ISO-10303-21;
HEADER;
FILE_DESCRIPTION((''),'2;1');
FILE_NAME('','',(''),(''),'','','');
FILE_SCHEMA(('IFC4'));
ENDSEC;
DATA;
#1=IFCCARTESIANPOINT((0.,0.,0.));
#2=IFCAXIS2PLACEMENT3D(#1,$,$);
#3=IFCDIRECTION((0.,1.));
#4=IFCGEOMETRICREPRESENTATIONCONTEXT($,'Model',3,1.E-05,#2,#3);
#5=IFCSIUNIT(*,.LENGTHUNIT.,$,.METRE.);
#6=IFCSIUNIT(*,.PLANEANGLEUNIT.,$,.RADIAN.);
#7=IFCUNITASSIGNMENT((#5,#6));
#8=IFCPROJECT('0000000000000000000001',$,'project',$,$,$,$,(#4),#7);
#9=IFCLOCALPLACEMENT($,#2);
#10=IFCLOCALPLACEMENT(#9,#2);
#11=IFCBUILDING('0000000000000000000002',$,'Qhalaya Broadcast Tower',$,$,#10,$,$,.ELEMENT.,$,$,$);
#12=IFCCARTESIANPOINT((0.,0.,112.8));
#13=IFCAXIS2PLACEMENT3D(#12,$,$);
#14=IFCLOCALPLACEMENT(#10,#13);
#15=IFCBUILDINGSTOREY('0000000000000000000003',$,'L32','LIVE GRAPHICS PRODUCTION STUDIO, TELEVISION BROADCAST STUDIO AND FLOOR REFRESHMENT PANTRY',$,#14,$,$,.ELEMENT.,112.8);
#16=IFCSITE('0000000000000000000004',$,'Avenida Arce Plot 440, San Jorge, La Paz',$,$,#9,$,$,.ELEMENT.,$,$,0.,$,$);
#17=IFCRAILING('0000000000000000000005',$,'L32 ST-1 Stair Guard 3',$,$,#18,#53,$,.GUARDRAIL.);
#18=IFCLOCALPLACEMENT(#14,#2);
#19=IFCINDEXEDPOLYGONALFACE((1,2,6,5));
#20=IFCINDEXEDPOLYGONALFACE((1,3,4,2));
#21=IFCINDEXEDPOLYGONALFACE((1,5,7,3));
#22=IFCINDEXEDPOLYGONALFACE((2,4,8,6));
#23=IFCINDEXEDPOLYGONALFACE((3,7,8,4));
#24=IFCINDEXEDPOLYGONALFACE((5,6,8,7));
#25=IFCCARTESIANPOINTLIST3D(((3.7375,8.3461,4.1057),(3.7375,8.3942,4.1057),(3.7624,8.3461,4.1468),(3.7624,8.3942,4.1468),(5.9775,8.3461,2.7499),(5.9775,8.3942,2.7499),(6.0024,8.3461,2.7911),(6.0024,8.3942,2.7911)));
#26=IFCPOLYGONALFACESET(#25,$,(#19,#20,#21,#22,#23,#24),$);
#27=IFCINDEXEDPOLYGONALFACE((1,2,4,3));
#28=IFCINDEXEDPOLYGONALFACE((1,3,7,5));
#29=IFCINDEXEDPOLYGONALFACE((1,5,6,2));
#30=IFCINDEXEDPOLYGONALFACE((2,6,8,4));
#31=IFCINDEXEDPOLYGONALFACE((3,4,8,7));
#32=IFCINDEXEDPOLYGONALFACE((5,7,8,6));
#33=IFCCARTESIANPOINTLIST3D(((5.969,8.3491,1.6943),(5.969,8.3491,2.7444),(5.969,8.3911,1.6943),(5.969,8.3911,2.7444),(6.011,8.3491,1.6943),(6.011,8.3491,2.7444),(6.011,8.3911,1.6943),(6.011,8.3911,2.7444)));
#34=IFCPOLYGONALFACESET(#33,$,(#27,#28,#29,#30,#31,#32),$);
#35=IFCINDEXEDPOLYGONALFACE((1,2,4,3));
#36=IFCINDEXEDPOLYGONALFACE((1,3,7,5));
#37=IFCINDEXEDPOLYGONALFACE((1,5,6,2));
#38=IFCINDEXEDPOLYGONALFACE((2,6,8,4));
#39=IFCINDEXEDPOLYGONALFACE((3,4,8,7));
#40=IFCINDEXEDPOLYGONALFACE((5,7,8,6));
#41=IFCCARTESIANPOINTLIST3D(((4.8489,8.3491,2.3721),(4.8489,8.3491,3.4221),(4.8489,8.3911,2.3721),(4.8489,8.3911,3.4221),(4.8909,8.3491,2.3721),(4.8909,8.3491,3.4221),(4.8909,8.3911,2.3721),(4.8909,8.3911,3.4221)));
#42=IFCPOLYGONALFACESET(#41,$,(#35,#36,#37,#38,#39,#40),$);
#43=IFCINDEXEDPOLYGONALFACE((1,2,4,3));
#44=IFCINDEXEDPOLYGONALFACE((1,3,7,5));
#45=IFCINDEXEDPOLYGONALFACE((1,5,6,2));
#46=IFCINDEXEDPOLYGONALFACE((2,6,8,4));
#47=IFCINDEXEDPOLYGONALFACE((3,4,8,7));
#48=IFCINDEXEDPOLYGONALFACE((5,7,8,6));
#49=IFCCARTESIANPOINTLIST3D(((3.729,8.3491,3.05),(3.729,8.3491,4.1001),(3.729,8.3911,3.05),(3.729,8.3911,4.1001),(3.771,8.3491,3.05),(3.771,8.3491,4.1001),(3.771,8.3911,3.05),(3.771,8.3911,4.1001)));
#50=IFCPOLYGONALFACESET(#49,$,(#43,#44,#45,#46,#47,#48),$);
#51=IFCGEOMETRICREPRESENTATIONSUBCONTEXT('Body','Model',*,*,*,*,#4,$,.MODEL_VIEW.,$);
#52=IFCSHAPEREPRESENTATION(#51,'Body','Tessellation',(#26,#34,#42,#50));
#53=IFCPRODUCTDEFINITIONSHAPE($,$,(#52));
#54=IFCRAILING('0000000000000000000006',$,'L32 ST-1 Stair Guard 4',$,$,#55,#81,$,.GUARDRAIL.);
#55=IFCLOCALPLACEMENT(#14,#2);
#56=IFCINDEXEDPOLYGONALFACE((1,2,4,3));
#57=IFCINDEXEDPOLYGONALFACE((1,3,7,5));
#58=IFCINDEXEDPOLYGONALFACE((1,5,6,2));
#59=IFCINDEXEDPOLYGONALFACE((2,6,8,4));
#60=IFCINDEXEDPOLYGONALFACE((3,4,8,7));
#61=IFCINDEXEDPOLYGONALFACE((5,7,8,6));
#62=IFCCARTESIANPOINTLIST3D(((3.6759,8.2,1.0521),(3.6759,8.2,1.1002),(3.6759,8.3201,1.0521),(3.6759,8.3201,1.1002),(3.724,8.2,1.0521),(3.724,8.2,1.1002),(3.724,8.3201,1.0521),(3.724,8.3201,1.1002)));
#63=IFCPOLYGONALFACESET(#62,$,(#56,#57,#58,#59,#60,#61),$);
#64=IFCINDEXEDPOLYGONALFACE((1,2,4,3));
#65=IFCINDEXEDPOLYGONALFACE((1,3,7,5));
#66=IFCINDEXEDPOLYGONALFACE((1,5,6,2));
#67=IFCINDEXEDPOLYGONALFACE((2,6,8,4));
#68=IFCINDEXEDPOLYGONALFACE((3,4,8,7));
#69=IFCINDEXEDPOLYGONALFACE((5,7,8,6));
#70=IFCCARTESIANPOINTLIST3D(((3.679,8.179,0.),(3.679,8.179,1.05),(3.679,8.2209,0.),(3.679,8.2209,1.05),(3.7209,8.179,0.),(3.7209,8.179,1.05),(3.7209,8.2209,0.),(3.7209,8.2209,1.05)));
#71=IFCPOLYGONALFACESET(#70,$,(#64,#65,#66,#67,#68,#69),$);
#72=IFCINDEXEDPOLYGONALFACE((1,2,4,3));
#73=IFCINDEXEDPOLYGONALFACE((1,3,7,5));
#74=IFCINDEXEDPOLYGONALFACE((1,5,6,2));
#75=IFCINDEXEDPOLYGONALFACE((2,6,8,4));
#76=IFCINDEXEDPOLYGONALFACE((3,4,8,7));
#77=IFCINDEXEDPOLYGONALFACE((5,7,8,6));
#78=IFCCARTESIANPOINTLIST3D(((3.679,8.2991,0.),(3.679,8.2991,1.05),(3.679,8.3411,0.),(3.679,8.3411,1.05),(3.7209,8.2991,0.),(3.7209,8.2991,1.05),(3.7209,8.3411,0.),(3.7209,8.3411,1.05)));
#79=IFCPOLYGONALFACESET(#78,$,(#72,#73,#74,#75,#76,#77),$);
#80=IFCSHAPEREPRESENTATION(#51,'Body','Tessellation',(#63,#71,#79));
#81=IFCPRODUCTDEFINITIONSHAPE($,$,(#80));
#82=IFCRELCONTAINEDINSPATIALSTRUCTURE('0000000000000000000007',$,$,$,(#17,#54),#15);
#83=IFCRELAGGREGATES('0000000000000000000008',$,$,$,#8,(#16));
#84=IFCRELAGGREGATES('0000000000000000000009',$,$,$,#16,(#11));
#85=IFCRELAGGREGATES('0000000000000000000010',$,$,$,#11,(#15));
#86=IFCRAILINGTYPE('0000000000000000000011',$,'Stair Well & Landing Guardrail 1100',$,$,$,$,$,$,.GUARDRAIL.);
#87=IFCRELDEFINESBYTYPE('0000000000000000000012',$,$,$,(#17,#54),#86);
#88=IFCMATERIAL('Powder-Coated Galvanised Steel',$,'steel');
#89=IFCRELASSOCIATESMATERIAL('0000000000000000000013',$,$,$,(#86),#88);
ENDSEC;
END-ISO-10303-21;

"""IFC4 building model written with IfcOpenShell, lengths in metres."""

from ifc_helpers import new_model, si_unit, direction, frame, origin, origin_2d, place, context, subcontext, project, spatial, rectangle, extrude, material, type_object, element, save


model = new_model("IFC4")

# Units and contexts
model_context = context("Model", 3, precision=1e-05, world=origin(), true_north=direction((0.0, 1.0)))
body_context = subcontext(model_context, "Body", "Model", "MODEL_VIEW")
ifc_project = project(units=[si_unit("LENGTHUNIT", "METRE"), si_unit("PLANEANGLEUNIT", "RADIAN")], contexts=[model_context])

# Site, building, storey
site_placement = place(None, origin())
site = spatial("IfcSite", under=ifc_project, at=site_placement, Name="Avenida Arce Plot 440, San Jorge, La Paz", CompositionType="ELEMENT", RefElevation=0.0)
building_placement = place(site_placement, origin())
building = spatial("IfcBuilding", under=site, at=building_placement, Name="Qhalaya Broadcast Tower", CompositionType="ELEMENT")
storey_placement = place(building_placement, frame((0.0, 0.0, 112.8)))
storey = spatial("IfcBuildingStorey", under=building, at=storey_placement, Name="L32", Description="LIVE GRAPHICS PRODUCTION STUDIO, TELEVISION BROADCAST STUDIO AND FLOOR REFRESHMENT PANTRY", CompositionType="ELEMENT", Elevation=112.8)

# Railings
ifc_material_1 = material(Name="Powder-Coated Galvanised Steel", Category="steel")
railing_type_1 = type_object("IfcRailingType", Name="Stair Well & Landing Guardrail 1100", PredefinedType="GUARDRAIL", material=ifc_material_1)
railing_1_placement = place(storey_placement, frame((5.99, 8.3701, 1.6943)))
element("IfcRailing", 1, at=railing_1_placement, inside=storey, type_object=railing_type_1, Name="L32 ST-1 Stair Guard 3", PredefinedType="GUARDRAIL", context=body_context, shape_type="SweptSolid", body=[
    extrude(rectangle(XDim=0.0481, YDim=0.0481, at=origin_2d()), frame((0.0, 0.0, 1.0762), z_axis=(-0.855512, 0.0, 0.517783), x_axis=(0.0, -1.0, 0.0)), (0.0, 0.0, 1.0), 2.6184),
    extrude(rectangle(XDim=0.042, YDim=0.042, at=origin_2d()), origin(), (0.0, 0.0, 1.0), 1.05),
    extrude(rectangle(XDim=0.042, YDim=0.042, at=origin_2d()), frame((-1.1201, 0.0, 0.6777)), (0.0, 0.0, 1.0), 1.05),
    extrude(rectangle(XDim=0.042, YDim=0.042, at=origin_2d()), frame((-2.24, 0.0, 1.3557)), (0.0, 0.0, 1.0), 1.05),
])
railing_2_placement = place(storey_placement, frame((3.7, 8.2, 0.0)))
element("IfcRailing", 2, at=railing_2_placement, inside=storey, type_object=railing_type_1, Name="L32 ST-1 Stair Guard 4", PredefinedType="GUARDRAIL", context=body_context, shape_type="SweptSolid", body=[
    extrude(rectangle(XDim=0.0481, YDim=0.0481, at=origin_2d()), frame((0.0, 0.0, 1.0762), z_axis=(0.0, 1.0, 0.0), x_axis=(-1.0, 0.0, 0.0)), (0.0, 0.0, 1.0), 0.1201),
    extrude(rectangle(XDim=0.042, YDim=0.042, at=origin_2d()), origin(), (0.0, 0.0, 1.0), 1.05),
    extrude(rectangle(XDim=0.042, YDim=0.042, at=origin_2d()), frame((0.0, 0.1201, 0.0)), (0.0, 0.0, 1.0), 1.05),
])

save(model, "model.ifc")
